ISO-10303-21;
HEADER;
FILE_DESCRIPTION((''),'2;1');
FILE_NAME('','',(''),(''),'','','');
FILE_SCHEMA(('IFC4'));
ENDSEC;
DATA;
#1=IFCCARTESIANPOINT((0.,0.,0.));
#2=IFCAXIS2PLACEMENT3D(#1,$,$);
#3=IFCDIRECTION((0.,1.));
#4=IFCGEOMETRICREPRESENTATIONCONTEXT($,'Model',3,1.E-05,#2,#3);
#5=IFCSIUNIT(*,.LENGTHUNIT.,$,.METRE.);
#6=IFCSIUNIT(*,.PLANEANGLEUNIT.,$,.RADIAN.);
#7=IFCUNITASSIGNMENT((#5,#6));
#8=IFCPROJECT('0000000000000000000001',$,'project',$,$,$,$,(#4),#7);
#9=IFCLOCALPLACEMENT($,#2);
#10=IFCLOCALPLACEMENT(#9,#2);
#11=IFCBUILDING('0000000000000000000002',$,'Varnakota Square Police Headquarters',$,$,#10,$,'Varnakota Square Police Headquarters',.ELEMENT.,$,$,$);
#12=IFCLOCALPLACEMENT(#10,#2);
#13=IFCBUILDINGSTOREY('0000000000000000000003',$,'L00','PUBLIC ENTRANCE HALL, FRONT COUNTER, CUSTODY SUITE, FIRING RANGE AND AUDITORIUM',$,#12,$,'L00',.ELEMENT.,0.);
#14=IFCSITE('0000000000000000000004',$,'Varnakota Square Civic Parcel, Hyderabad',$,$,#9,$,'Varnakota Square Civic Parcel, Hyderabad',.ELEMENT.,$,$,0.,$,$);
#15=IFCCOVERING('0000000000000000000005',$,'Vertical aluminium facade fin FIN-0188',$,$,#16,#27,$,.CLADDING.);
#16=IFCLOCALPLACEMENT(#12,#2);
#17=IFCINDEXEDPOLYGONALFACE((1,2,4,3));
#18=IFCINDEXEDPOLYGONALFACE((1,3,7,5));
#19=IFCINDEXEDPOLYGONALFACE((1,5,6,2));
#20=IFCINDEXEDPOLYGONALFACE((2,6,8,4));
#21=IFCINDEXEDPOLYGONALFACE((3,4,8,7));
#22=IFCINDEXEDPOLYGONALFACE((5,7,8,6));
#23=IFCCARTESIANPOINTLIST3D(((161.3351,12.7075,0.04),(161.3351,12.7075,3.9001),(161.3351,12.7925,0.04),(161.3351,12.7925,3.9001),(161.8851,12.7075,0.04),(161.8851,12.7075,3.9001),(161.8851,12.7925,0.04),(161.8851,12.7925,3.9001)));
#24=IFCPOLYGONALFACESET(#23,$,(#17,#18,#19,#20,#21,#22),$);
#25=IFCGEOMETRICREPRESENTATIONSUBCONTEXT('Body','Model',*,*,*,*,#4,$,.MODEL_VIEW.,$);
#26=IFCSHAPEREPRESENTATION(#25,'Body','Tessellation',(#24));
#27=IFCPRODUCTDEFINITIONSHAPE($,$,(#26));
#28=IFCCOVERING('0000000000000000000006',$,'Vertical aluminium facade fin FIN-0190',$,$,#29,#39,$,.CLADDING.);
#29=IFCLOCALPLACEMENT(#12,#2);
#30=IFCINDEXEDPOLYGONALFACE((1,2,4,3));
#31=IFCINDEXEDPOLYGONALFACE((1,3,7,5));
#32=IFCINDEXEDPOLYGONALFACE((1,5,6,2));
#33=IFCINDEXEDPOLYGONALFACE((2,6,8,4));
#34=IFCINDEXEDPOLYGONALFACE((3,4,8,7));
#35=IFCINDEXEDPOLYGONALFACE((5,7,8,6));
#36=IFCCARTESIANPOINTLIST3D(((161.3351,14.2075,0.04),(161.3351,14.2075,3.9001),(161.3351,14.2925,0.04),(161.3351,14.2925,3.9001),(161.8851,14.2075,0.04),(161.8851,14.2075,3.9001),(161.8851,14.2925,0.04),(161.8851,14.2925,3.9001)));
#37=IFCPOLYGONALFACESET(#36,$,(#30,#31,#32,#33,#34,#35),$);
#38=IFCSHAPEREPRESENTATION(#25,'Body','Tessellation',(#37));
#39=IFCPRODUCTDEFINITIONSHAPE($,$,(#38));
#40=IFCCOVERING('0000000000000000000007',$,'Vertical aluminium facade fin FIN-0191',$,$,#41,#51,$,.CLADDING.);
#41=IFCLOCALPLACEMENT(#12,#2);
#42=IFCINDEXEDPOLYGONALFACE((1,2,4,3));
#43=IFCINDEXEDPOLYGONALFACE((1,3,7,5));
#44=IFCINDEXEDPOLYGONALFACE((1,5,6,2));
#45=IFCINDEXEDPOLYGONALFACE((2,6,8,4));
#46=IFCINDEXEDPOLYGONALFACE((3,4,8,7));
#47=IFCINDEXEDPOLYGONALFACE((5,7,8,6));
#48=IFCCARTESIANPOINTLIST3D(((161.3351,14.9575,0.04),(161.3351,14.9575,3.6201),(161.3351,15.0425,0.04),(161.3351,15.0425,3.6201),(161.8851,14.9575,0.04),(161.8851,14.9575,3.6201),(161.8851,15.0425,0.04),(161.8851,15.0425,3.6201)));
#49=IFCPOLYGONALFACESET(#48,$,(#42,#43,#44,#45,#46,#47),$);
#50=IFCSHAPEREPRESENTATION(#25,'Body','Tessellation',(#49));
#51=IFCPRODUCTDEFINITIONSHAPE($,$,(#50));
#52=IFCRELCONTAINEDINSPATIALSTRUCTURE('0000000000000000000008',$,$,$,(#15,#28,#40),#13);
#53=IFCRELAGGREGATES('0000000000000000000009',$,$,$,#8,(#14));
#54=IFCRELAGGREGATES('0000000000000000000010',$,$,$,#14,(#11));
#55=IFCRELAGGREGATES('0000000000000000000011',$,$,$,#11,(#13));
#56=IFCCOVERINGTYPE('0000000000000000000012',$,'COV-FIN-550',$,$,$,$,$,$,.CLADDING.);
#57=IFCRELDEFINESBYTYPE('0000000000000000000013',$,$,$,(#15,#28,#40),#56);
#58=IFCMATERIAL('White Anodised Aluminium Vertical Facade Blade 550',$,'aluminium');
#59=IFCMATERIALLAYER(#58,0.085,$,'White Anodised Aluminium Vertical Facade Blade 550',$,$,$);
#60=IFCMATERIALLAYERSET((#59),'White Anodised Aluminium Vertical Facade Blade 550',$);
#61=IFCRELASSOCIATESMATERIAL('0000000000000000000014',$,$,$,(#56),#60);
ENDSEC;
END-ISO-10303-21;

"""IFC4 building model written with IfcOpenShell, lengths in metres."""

from ifc_helpers import new_model, si_unit, direction, frame, origin, origin_2d, place, context, subcontext, project, spatial, rectangle, extrude, material, layer, layer_set, type_object, element, save


model = new_model("IFC4")

# Units and contexts
model_context = context("Model", 3, precision=1e-05, world=origin(), true_north=direction((0.0, 1.0)))
body_context = subcontext(model_context, "Body", "Model", "MODEL_VIEW")
ifc_project = project(units=[si_unit("LENGTHUNIT", "METRE"), si_unit("PLANEANGLEUNIT", "RADIAN")], contexts=[model_context])

# Site, building, storey
site_placement = place(None, origin())
site = spatial("IfcSite", under=ifc_project, at=site_placement, Name="Varnakota Square Civic Parcel, Hyderabad", LongName="Varnakota Square Civic Parcel, Hyderabad", CompositionType="ELEMENT", RefElevation=0.0)
building_placement = place(site_placement, origin())
building = spatial("IfcBuilding", under=site, at=building_placement, Name="Varnakota Square Police Headquarters", LongName="Varnakota Square Police Headquarters", CompositionType="ELEMENT")
storey_placement = place(building_placement, origin())
storey = spatial("IfcBuildingStorey", under=building, at=storey_placement, Name="L00", Description="PUBLIC ENTRANCE HALL, FRONT COUNTER, CUSTODY SUITE, FIRING RANGE AND AUDITORIUM", LongName="L00", CompositionType="ELEMENT", Elevation=0.0)

# Coverings
ifc_material_1 = material(Name="White Anodised Aluminium Vertical Facade Blade 550", Category="aluminium")
ifc_layer_1 = layer(ifc_material_1, 0.085, Name="White Anodised Aluminium Vertical Facade Blade 550")
ifc_layer_set_1 = layer_set([ifc_layer_1], Name="White Anodised Aluminium Vertical Facade Blade 550")
covering_type_1 = type_object("IfcCoveringType", Name="COV-FIN-550", PredefinedType="CLADDING", material=ifc_layer_set_1)
for number, where, z_axis, x_axis, name in (
    (1, (161.6101, 12.75, 0.04), (0.0, 0.0, 1.0), (0.0, 1.0, 0.0), "Vertical aluminium facade fin FIN-0188"),
    (2, (161.6101, 14.25, 0.04), (0.0, 0.0, 1.0), (0.0, 1.0, 0.0), "Vertical aluminium facade fin FIN-0190"),
):
    element("IfcCovering", number, at=place(storey_placement, frame(where, z_axis=z_axis, x_axis=x_axis)), inside=storey, type_object=covering_type_1, Name=name, PredefinedType="CLADDING", context=body_context, shape_type="SweptSolid", body=[
        extrude(rectangle(XDim=0.085, YDim=0.55, at=origin_2d()), origin(), (0.0, 0.0, 1.0), 3.8601),
    ])
covering_1_placement = place(storey_placement, frame((161.6101, 15.0, 0.04), z_axis=(0.0, 0.0, 1.0), x_axis=(0.0, 1.0, 0.0)))
element("IfcCovering", 3, at=covering_1_placement, inside=storey, type_object=covering_type_1, Name="Vertical aluminium facade fin FIN-0191", PredefinedType="CLADDING", context=body_context, shape_type="SweptSolid", body=[
    extrude(rectangle(XDim=0.085, YDim=0.55, at=origin_2d()), origin(), (0.0, 0.0, 1.0), 3.5801),
])

save(model, "model.ifc")
